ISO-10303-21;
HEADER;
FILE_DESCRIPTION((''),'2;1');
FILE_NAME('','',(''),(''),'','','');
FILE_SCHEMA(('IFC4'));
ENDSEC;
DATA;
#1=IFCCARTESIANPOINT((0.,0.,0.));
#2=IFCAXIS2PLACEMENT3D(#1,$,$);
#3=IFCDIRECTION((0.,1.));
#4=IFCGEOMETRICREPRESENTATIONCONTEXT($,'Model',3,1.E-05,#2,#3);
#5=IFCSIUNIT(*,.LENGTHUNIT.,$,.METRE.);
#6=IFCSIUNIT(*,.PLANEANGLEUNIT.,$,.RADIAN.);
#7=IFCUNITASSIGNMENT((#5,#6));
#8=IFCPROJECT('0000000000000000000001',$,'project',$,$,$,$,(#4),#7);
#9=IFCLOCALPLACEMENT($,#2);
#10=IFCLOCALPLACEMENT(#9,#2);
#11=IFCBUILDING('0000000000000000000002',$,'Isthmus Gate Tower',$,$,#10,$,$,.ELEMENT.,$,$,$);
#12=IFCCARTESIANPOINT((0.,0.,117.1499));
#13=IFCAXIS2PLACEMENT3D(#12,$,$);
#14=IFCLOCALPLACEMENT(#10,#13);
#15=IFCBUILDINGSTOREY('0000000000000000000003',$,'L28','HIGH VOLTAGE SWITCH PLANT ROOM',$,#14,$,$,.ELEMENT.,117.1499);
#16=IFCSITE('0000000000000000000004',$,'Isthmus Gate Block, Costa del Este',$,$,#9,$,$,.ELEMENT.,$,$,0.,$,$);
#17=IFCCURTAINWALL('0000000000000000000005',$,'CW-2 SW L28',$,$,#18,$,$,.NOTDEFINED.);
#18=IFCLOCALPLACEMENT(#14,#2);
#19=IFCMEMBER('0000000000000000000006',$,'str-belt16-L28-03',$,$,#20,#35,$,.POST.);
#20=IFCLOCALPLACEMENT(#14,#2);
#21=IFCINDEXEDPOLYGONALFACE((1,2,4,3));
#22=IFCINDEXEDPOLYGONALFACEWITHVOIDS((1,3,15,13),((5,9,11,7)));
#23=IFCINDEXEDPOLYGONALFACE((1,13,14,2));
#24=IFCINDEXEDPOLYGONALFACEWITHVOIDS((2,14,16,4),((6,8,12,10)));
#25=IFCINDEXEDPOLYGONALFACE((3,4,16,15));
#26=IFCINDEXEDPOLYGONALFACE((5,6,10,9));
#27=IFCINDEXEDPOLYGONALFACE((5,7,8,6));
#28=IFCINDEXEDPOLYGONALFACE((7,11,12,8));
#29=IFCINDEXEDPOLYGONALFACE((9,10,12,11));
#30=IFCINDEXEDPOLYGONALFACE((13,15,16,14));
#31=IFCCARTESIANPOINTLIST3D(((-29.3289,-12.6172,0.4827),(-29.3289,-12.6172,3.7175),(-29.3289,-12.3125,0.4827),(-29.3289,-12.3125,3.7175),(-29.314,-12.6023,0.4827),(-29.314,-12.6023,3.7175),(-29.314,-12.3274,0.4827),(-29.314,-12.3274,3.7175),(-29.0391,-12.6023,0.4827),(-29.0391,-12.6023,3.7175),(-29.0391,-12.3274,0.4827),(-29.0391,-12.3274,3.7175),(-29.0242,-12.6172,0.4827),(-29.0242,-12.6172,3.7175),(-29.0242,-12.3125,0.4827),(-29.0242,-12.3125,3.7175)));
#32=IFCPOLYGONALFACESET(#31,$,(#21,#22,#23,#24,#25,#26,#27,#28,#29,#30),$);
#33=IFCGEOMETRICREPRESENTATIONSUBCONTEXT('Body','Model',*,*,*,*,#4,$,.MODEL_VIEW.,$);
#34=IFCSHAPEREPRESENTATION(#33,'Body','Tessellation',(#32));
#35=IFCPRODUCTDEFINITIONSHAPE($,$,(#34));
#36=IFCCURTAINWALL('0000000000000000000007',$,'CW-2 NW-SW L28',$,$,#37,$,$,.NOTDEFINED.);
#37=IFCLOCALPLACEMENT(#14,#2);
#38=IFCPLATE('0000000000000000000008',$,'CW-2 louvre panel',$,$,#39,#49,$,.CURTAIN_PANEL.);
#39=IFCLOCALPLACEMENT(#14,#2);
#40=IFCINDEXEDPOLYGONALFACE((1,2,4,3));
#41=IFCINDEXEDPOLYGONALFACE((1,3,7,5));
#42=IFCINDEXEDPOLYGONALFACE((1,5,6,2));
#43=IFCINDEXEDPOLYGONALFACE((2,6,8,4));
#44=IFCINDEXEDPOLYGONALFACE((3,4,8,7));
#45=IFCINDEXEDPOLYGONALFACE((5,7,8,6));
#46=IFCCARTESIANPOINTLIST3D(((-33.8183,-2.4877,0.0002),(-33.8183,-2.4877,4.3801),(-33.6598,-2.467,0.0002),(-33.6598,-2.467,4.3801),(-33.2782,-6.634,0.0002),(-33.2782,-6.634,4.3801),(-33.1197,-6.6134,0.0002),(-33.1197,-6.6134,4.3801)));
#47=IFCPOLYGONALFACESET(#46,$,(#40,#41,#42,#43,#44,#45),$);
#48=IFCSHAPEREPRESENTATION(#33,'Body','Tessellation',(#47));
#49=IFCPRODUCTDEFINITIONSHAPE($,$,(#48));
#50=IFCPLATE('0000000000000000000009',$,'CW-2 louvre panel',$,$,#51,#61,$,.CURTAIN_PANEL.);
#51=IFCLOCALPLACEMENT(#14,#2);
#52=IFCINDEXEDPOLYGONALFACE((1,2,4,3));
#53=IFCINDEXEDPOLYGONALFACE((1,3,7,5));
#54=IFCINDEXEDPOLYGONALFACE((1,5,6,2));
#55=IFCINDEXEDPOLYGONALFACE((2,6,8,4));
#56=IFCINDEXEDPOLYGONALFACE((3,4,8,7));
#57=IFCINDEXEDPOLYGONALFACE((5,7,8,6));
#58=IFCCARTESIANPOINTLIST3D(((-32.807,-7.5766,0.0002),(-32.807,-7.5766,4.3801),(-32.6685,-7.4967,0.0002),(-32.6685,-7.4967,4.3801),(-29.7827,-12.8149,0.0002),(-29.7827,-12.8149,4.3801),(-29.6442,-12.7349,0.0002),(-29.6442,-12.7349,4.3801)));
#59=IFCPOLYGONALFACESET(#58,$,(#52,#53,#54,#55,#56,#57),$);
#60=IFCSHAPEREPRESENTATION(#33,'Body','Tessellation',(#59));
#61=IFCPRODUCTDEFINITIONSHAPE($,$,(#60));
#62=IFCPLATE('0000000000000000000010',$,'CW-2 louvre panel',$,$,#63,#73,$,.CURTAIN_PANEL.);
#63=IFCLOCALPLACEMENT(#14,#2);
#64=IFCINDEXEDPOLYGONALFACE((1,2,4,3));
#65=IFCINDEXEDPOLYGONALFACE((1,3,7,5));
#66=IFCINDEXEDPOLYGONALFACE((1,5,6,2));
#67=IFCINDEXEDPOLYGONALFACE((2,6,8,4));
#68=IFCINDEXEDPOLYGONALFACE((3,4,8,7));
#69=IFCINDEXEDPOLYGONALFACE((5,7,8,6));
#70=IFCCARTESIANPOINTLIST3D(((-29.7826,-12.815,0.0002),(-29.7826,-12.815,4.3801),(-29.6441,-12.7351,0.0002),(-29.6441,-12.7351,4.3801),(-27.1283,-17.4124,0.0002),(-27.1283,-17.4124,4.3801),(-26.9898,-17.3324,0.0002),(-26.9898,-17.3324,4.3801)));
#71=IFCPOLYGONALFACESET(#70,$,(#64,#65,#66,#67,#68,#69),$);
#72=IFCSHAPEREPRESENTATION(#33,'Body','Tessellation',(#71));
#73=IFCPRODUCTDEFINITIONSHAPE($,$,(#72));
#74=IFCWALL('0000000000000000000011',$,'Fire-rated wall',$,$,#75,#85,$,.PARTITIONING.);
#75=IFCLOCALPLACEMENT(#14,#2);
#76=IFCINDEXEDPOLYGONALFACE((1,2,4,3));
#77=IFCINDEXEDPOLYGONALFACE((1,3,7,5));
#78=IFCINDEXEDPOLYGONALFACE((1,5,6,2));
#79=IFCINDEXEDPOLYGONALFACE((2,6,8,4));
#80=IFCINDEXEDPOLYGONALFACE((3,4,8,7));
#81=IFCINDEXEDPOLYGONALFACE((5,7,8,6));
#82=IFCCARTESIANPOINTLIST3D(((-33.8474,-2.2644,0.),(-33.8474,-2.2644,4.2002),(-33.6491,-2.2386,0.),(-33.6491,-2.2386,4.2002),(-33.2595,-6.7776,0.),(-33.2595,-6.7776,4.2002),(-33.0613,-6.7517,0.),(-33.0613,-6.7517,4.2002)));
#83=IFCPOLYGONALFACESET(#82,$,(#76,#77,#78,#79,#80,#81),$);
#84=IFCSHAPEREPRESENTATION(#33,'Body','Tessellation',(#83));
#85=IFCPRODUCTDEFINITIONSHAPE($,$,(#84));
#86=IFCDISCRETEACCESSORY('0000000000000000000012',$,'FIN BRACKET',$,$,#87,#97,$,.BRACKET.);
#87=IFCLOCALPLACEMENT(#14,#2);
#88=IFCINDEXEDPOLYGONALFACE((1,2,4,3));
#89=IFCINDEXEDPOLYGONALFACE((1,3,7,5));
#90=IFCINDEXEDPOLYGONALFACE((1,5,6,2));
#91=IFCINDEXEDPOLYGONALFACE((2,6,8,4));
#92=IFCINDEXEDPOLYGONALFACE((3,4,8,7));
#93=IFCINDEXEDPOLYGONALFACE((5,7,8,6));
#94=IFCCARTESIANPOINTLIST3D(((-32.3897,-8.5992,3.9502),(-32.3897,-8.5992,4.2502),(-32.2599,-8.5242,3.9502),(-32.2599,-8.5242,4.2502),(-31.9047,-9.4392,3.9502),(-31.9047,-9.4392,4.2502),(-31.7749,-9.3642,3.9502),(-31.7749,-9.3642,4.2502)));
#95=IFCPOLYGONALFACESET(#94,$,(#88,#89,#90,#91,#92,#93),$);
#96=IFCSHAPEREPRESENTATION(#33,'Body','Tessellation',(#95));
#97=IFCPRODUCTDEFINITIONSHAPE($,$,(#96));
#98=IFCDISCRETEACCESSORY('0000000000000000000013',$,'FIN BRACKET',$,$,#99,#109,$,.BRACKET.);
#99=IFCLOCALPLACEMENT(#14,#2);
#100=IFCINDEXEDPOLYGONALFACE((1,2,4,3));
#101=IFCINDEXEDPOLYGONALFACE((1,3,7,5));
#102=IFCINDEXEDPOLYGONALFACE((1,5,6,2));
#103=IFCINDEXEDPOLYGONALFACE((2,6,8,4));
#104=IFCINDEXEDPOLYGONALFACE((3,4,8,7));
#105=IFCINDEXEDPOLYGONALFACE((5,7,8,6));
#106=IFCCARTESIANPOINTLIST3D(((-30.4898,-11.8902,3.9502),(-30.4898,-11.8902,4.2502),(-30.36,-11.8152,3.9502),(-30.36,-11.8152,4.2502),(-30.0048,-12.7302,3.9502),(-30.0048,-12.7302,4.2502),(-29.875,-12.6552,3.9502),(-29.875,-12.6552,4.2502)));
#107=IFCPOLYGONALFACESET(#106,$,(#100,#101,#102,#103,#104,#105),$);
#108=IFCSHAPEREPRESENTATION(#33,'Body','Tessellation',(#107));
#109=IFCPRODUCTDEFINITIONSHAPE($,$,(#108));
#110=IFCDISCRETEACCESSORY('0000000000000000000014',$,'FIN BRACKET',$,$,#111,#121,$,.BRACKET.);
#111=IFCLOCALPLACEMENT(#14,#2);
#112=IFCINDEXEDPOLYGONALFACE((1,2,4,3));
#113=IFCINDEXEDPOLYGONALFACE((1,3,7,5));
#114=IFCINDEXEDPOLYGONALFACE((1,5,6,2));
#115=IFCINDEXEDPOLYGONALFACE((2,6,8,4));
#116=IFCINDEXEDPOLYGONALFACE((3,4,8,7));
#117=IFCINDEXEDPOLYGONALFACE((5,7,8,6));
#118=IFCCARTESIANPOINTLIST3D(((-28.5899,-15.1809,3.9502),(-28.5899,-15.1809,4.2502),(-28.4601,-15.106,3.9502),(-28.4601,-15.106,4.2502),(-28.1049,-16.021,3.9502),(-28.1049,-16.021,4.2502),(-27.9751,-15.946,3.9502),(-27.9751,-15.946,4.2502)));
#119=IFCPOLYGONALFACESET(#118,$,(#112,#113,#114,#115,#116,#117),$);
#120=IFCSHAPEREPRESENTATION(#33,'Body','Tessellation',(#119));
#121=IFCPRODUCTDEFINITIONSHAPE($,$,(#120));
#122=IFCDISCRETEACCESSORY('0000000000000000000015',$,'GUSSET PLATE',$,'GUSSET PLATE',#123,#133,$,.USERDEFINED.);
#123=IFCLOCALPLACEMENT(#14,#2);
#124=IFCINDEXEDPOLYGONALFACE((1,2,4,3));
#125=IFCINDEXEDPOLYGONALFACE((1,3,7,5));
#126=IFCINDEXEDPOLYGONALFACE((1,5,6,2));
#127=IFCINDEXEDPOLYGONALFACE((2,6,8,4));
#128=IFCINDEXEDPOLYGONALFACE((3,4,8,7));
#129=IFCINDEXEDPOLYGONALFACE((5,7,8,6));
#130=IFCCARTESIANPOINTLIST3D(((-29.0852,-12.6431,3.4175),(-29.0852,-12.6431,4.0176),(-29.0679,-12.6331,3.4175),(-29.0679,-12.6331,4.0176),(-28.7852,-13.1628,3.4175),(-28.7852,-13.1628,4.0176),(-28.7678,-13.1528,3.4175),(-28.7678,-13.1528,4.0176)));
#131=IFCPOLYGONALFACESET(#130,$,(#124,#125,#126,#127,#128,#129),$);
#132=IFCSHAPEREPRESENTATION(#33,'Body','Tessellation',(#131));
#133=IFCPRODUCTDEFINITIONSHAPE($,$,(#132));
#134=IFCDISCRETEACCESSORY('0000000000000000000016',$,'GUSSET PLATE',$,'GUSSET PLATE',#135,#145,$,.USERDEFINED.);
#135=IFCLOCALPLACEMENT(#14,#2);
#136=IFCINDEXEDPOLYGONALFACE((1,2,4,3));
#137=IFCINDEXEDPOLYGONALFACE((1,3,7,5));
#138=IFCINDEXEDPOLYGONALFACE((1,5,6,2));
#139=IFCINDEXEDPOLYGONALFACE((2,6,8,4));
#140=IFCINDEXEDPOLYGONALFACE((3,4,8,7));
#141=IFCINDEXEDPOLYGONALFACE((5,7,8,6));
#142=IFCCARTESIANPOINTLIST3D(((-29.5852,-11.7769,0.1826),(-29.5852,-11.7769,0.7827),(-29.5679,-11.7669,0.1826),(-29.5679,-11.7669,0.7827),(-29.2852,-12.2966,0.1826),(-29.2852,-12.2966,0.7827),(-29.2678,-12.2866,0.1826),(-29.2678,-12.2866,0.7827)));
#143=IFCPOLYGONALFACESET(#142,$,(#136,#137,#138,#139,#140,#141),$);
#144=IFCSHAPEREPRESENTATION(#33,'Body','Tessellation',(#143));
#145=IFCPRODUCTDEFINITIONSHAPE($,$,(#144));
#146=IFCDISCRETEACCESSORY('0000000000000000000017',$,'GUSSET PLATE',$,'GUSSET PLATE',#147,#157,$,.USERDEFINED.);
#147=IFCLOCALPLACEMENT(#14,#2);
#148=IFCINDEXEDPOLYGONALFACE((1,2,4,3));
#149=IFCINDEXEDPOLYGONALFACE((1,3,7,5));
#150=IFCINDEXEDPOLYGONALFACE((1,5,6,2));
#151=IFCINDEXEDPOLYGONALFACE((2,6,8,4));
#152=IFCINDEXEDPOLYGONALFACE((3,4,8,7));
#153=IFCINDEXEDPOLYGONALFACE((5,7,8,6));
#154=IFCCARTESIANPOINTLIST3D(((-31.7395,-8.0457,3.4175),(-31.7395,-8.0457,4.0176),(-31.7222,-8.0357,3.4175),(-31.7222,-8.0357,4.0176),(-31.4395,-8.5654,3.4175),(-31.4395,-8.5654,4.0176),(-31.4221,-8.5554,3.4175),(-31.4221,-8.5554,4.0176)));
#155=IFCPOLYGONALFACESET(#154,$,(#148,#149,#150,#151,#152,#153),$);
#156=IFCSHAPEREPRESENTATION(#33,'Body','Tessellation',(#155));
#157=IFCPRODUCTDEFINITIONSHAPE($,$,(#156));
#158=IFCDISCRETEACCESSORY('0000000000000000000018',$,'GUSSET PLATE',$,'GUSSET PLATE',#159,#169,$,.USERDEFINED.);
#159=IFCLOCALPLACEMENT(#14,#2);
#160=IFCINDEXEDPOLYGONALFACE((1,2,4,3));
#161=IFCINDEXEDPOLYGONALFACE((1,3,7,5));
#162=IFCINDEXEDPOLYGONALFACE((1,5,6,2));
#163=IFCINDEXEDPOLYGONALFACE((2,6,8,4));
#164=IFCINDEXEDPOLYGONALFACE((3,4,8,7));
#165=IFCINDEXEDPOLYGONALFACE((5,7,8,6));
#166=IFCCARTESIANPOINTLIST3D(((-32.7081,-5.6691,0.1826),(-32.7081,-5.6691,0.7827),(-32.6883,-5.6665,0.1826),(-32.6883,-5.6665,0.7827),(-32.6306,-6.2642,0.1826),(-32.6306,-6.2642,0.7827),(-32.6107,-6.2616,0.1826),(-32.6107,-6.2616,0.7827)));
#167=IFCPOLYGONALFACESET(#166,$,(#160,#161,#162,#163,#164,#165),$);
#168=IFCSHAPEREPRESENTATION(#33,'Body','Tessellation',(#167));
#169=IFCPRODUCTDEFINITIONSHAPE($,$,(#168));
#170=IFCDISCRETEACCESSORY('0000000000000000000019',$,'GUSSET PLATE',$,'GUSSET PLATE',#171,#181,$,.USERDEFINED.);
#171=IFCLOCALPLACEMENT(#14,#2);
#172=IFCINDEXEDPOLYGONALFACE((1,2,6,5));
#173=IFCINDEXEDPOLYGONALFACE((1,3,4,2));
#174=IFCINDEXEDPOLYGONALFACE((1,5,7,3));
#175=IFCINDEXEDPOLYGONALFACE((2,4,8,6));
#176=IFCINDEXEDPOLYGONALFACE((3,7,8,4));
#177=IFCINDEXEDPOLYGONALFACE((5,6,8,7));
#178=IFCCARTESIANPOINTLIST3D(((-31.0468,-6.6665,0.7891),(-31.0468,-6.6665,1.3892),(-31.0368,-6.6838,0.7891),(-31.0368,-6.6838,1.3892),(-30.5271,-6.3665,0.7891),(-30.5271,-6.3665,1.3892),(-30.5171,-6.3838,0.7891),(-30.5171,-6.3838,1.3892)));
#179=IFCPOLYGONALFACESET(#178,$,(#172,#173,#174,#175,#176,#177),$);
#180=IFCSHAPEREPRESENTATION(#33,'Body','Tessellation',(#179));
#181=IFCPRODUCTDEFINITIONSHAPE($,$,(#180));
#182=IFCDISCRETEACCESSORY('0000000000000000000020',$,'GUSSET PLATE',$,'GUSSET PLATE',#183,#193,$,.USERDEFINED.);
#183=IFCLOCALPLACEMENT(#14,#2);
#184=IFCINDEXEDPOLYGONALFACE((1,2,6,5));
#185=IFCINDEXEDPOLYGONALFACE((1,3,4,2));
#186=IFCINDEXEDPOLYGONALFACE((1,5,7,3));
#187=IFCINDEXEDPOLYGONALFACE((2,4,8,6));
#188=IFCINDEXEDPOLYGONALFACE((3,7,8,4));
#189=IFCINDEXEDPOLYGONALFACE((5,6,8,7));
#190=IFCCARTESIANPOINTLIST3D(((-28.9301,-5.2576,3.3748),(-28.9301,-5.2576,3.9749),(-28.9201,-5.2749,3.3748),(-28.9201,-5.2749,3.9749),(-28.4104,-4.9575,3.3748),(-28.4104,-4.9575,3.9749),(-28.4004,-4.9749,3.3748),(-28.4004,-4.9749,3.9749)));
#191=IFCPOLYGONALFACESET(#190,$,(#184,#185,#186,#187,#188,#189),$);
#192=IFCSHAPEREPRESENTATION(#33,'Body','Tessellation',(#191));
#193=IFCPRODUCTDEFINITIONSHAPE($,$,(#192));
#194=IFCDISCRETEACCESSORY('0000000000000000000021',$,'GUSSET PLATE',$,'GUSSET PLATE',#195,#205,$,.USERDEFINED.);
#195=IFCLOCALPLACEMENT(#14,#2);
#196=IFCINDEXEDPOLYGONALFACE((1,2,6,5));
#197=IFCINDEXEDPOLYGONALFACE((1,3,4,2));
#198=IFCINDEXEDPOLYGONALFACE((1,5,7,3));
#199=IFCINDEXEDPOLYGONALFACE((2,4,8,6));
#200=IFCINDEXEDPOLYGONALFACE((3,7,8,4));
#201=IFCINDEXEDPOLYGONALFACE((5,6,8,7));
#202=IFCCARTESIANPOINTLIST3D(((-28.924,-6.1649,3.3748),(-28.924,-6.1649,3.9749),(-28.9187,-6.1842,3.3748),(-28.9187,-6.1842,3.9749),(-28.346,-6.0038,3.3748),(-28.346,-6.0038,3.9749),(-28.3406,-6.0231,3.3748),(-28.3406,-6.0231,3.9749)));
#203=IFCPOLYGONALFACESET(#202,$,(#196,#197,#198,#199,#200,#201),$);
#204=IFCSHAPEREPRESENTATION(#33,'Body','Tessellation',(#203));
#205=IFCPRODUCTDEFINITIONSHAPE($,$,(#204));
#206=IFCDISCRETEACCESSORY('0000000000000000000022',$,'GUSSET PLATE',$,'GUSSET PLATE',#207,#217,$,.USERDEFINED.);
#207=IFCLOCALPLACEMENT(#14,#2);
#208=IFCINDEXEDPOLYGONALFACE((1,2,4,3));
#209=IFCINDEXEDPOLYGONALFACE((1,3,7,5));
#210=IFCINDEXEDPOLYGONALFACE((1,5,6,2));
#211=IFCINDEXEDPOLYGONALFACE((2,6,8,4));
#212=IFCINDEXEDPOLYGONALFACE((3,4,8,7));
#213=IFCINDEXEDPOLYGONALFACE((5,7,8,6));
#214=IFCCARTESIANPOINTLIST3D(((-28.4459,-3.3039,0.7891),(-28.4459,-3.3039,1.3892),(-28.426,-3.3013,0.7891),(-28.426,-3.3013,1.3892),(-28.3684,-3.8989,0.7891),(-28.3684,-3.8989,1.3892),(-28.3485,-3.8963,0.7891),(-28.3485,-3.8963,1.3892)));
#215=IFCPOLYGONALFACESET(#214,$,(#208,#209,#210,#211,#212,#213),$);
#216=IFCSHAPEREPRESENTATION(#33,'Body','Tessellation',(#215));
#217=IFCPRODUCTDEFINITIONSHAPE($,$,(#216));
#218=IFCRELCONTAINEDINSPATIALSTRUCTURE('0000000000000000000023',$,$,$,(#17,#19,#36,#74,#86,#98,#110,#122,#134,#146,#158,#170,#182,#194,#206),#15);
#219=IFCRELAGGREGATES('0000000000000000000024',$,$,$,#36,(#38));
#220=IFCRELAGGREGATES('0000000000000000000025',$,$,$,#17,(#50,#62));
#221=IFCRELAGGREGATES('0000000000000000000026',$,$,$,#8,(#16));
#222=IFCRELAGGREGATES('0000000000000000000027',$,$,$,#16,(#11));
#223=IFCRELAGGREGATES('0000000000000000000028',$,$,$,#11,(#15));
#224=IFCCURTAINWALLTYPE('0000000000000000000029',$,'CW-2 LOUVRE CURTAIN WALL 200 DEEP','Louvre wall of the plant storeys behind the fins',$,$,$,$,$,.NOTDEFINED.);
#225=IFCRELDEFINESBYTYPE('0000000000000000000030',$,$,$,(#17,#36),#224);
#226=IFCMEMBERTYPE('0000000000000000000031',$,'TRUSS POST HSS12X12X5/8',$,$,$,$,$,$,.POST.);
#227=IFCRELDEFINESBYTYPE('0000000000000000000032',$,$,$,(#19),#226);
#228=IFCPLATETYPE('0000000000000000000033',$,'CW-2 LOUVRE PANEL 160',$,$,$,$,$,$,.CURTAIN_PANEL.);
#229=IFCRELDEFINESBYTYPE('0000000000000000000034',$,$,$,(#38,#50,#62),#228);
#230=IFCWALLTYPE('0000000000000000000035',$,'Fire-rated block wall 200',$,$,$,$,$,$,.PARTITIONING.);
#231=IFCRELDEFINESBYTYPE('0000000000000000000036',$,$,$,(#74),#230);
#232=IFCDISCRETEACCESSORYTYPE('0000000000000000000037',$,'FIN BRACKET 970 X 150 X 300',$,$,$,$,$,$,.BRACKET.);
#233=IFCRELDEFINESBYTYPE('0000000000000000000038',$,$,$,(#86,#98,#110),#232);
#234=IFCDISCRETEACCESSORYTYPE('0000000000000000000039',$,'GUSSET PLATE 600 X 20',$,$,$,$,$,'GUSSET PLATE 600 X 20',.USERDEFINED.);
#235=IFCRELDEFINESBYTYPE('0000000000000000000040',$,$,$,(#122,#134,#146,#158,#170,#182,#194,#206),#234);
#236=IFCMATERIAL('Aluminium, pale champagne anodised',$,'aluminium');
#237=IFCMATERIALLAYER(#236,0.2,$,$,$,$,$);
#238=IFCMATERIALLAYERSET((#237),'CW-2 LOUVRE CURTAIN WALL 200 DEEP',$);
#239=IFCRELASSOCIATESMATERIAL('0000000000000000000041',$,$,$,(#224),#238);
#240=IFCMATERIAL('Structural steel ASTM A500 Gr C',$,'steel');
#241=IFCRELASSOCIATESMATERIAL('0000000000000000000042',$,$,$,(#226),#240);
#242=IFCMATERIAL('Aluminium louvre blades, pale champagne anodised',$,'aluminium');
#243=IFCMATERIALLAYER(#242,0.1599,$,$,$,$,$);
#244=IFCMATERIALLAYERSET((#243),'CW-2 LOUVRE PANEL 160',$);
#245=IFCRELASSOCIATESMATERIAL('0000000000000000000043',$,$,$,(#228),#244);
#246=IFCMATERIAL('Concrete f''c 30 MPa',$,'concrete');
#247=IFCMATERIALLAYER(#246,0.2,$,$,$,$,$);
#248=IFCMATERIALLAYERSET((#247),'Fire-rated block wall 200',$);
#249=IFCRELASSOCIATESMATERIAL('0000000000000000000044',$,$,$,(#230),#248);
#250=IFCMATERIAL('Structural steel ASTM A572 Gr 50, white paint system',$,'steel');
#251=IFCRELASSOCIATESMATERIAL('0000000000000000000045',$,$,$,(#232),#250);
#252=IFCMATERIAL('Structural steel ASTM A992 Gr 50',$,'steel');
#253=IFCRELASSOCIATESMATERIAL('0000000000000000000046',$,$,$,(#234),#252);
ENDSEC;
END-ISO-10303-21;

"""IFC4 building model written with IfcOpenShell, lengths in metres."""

from ifc_helpers import new_model, si_unit, direction, frame, frame_2d, origin, origin_2d, place, context, subcontext, project, spatial, rectangle, hollow_rectangle, extrude, material, layer, layer_set, material_profile, profile_set, type_object, element, aggregate, save


model = new_model("IFC4")

# Units and contexts
model_context = context("Model", 3, precision=1e-05, world=origin(), true_north=direction((0.0, 1.0)))
body_context = subcontext(model_context, "Body", "Model", "MODEL_VIEW")
ifc_project = project(units=[si_unit("LENGTHUNIT", "METRE"), si_unit("PLANEANGLEUNIT", "RADIAN")], contexts=[model_context])

# Site, building, storey
site_placement = place(None, origin())
site = spatial("IfcSite", under=ifc_project, at=site_placement, Name="Isthmus Gate Block, Costa del Este", CompositionType="ELEMENT", RefElevation=0.0)
building_placement = place(site_placement, origin())
building = spatial("IfcBuilding", under=site, at=building_placement, Name="Isthmus Gate Tower", CompositionType="ELEMENT")
storey_placement = place(building_placement, frame((0.0, 0.0, 117.1499)))
storey = spatial("IfcBuildingStorey", under=building, at=storey_placement, Name="L28", Description="HIGH VOLTAGE SWITCH PLANT ROOM", CompositionType="ELEMENT", Elevation=117.1499)

# Curtain wall
ifc_material_1 = material(Name="Aluminium, pale champagne anodised", Category="aluminium")
ifc_layer_1 = layer(ifc_material_1, 0.2)
ifc_layer_set_1 = layer_set([ifc_layer_1], Name="CW-2 LOUVRE CURTAIN WALL 200 DEEP")
curtain_wall_type = type_object("IfcCurtainWallType", Name="CW-2 LOUVRE CURTAIN WALL 200 DEEP", Description="Louvre wall of the plant storeys behind the fins", PredefinedType="NOTDEFINED", material=ifc_layer_set_1)
curtain_wall_1_placement = place(storey_placement, origin())
curtain_wall_1 = element("IfcCurtainWall", 1, at=curtain_wall_1_placement, inside=storey, type_object=curtain_wall_type, Name="CW-2 SW L28", PredefinedType="NOTDEFINED")

# Member
ifc_material_2 = material(Name="Structural steel ASTM A500 Gr C", Category="steel")
ifc_material_profile_1 = material_profile(ifc_material_2, hollow_rectangle(XDim=0.3047, YDim=0.3047, WallThickness=0.0149, at=origin_2d()), Name="HSS12X12X5/8")
ifc_profile_set_1 = profile_set([ifc_material_profile_1], Name="Structural steel ASTM A500 Gr C")
member_type_1 = type_object("IfcMemberType", Name="TRUSS POST HSS12X12X5/8", PredefinedType="POST", material=ifc_profile_set_1)
member_1_placement = place(storey_placement, frame((-29.1765, -12.4648, 0.4827), z_axis=(0.0, 0.0, 1.0), x_axis=(1.0, 0.0, 0.0)))
element("IfcMember", 2, at=member_1_placement, inside=storey, type_object=member_type_1, Name="str-belt16-L28-03", PredefinedType="POST", context=body_context, shape_type="SweptSolid", body=[
    extrude(hollow_rectangle(XDim=0.3047, YDim=0.3047, WallThickness=0.0149, at=origin_2d()), origin(), (0.0, 0.0, 1.0), 3.2349),
])

# Curtain wall, plate
curtain_wall_2_placement = place(storey_placement, origin())
curtain_wall_2 = element("IfcCurtainWall", 3, at=curtain_wall_2_placement, inside=storey, type_object=curtain_wall_type, Name="CW-2 NW-SW L28", PredefinedType="NOTDEFINED")
ifc_material_3 = material(Name="Aluminium louvre blades, pale champagne anodised", Category="aluminium")
ifc_layer_2 = layer(ifc_material_3, 0.1599)
ifc_layer_set_2 = layer_set([ifc_layer_2], Name="CW-2 LOUVRE PANEL 160")
plate_type = type_object("IfcPlateType", Name="CW-2 LOUVRE PANEL 160", PredefinedType="CURTAIN_PANEL", material=ifc_layer_set_2)
plate_1_placement = place(storey_placement, frame((-33.469, -4.5505, 0.0002), z_axis=(0.0, 0.0, 1.0), x_axis=(0.129165, -0.991623, 0.0)))
plate_1 = element("IfcPlate", 4, at=plate_1_placement, type_object=plate_type, Name="CW-2 louvre panel", PredefinedType="CURTAIN_PANEL", context=body_context, shape_type="SweptSolid", body=[
    extrude(rectangle(XDim=4.1814, YDim=0.1599, at=origin_2d()), origin(), (0.0, 0.0, 1.0), 4.3799),
])
aggregate(curtain_wall_2, [plate_1])

# Plates
plate_2_placement = place(storey_placement, frame((-31.2256, -10.1558, 0.0002), z_axis=(0.0, 0.0, 1.0), x_axis=(0.5, -0.866025, 0.0)))
plate_2 = element("IfcPlate", 5, at=plate_2_placement, type_object=plate_type, Name="CW-2 louvre panel", PredefinedType="CURTAIN_PANEL", context=body_context, shape_type="SweptSolid", body=[
    extrude(rectangle(XDim=6.0486, YDim=0.1599, at=origin_2d()), origin(), (0.0, 0.0, 1.0), 4.3799),
])
plate_3_placement = place(storey_placement, frame((-28.3862, -15.0737, 0.0002), z_axis=(0.0, 0.0, 1.0), x_axis=(0.5, -0.866025, 0.0)))
plate_3 = element("IfcPlate", 6, at=plate_3_placement, type_object=plate_type, Name="CW-2 louvre panel", PredefinedType="CURTAIN_PANEL", context=body_context, shape_type="SweptSolid", body=[
    extrude(rectangle(XDim=5.3086, YDim=0.1599, at=origin_2d()), origin(), (0.0, 0.0, 1.0), 4.3799),
])
aggregate(curtain_wall_1, [plate_2, plate_3])

# Wall
ifc_material_4 = material(Name="Concrete f'c 30 MPa", Category="concrete")
ifc_layer_3 = layer(ifc_material_4, 0.2)
ifc_layer_set_3 = layer_set([ifc_layer_3], Name="Fire-rated block wall 200")
wall_type = type_object("IfcWallType", Name="Fire-rated block wall 200", PredefinedType="PARTITIONING", material=ifc_layer_set_3)
wall_placement = place(storey_placement, frame((-33.1604, -6.7646, 0.0), z_axis=(0.0, 0.0, 1.0), x_axis=(-0.129169, 0.991623, 0.0)))
element("IfcWall", 7, at=wall_placement, inside=storey, type_object=wall_type, Name="Fire-rated wall", PredefinedType="PARTITIONING", context=body_context, shape_type="SweptSolid", body=[
    extrude(rectangle(XDim=4.5513, YDim=0.2, at=frame_2d((2.2756, 0.0))), origin(), (0.0, 0.0, 1.0), 4.2002),
])

# Discrete accessories
ifc_material_5 = material(Name="Structural steel ASTM A572 Gr 50, white paint system", Category="steel")
discrete_accessory_type_1 = type_object("IfcDiscreteAccessoryType", Name="FIN BRACKET 970 X 150 X 300", PredefinedType="BRACKET", material=ifc_material_5)
for number, where, z_axis, x_axis, name in (
    (8, (-32.0823, -8.9817, 3.9502), (0.0, 0.0, 1.0), (-0.866025, -0.5, 0.0), "FIN BRACKET"),
    (9, (-30.1824, -12.2727, 3.9502), (0.0, 0.0, 1.0), (-0.866025, -0.5, 0.0), "FIN BRACKET"),
    (10, (-28.2825, -15.5635, 3.9502), (0.0, 0.0, 1.0), (-0.866025, -0.5, 0.0), "FIN BRACKET"),
):
    element("IfcDiscreteAccessory", number, at=place(storey_placement, frame(where, z_axis=z_axis, x_axis=x_axis)), inside=storey, type_object=discrete_accessory_type_1, Name=name, PredefinedType="BRACKET", context=body_context, shape_type="SweptSolid", body=[
        extrude(rectangle(XDim=0.1499, YDim=0.97, at=origin_2d()), origin(), (0.0, 0.0, 1.0), 0.3),
    ])
ifc_material_6 = material(Name="Structural steel ASTM A992 Gr 50", Category="steel")
discrete_accessory_type_2 = type_object("IfcDiscreteAccessoryType", Name="GUSSET PLATE 600 X 20", ElementType="GUSSET PLATE 600 X 20", PredefinedType="USERDEFINED", material=ifc_material_6)
for number, where, z_axis, x_axis, name in (
    (11, (-28.9265, -12.8979, 3.4175), (0.0, 0.0, 1.0), (-0.5, 0.866025, 0.0), "GUSSET PLATE"),
    (12, (-29.4265, -12.0317, 0.1826), (0.0, 0.0, 1.0), (-0.5, 0.866025, 0.0), "GUSSET PLATE"),
    (13, (-31.5808, -8.3005, 3.4175), (0.0, 0.0, 1.0), (-0.5, 0.866025, 0.0), "GUSSET PLATE"),
    (14, (-32.6594, -5.9653, 0.1826), (0.0, 0.0, 1.0), (-0.129165, 0.991623, 0.0), "GUSSET PLATE"),
    (15, (-30.782, -6.5251, 0.7891), (0.0, 0.0, 1.0), (0.866025, 0.5, 0.0), "GUSSET PLATE"),
    (16, (-28.6653, -5.1162, 3.3748), (0.0, 0.0, 1.0), (0.866025, 0.5, 0.0), "GUSSET PLATE"),
    (17, (-28.6323, -6.094, 3.3748), (0.0, 0.0, 1.0), (0.963271, 0.26853, 0.0), "GUSSET PLATE"),
    (18, (-28.3972, -3.6001, 0.7891), (0.0, 0.0, 1.0), (0.129165, -0.991623, 0.0), "GUSSET PLATE"),
):
    element("IfcDiscreteAccessory", number, at=place(storey_placement, frame(where, z_axis=z_axis, x_axis=x_axis)), inside=storey, type_object=discrete_accessory_type_2, Name=name, ObjectType="GUSSET PLATE", PredefinedType="USERDEFINED", context=body_context, shape_type="SweptSolid", body=[
        extrude(rectangle(XDim=0.6001, YDim=0.02, at=origin_2d()), origin(), (0.0, 0.0, 1.0), 0.6001),
    ])

save(model, "model.ifc")
